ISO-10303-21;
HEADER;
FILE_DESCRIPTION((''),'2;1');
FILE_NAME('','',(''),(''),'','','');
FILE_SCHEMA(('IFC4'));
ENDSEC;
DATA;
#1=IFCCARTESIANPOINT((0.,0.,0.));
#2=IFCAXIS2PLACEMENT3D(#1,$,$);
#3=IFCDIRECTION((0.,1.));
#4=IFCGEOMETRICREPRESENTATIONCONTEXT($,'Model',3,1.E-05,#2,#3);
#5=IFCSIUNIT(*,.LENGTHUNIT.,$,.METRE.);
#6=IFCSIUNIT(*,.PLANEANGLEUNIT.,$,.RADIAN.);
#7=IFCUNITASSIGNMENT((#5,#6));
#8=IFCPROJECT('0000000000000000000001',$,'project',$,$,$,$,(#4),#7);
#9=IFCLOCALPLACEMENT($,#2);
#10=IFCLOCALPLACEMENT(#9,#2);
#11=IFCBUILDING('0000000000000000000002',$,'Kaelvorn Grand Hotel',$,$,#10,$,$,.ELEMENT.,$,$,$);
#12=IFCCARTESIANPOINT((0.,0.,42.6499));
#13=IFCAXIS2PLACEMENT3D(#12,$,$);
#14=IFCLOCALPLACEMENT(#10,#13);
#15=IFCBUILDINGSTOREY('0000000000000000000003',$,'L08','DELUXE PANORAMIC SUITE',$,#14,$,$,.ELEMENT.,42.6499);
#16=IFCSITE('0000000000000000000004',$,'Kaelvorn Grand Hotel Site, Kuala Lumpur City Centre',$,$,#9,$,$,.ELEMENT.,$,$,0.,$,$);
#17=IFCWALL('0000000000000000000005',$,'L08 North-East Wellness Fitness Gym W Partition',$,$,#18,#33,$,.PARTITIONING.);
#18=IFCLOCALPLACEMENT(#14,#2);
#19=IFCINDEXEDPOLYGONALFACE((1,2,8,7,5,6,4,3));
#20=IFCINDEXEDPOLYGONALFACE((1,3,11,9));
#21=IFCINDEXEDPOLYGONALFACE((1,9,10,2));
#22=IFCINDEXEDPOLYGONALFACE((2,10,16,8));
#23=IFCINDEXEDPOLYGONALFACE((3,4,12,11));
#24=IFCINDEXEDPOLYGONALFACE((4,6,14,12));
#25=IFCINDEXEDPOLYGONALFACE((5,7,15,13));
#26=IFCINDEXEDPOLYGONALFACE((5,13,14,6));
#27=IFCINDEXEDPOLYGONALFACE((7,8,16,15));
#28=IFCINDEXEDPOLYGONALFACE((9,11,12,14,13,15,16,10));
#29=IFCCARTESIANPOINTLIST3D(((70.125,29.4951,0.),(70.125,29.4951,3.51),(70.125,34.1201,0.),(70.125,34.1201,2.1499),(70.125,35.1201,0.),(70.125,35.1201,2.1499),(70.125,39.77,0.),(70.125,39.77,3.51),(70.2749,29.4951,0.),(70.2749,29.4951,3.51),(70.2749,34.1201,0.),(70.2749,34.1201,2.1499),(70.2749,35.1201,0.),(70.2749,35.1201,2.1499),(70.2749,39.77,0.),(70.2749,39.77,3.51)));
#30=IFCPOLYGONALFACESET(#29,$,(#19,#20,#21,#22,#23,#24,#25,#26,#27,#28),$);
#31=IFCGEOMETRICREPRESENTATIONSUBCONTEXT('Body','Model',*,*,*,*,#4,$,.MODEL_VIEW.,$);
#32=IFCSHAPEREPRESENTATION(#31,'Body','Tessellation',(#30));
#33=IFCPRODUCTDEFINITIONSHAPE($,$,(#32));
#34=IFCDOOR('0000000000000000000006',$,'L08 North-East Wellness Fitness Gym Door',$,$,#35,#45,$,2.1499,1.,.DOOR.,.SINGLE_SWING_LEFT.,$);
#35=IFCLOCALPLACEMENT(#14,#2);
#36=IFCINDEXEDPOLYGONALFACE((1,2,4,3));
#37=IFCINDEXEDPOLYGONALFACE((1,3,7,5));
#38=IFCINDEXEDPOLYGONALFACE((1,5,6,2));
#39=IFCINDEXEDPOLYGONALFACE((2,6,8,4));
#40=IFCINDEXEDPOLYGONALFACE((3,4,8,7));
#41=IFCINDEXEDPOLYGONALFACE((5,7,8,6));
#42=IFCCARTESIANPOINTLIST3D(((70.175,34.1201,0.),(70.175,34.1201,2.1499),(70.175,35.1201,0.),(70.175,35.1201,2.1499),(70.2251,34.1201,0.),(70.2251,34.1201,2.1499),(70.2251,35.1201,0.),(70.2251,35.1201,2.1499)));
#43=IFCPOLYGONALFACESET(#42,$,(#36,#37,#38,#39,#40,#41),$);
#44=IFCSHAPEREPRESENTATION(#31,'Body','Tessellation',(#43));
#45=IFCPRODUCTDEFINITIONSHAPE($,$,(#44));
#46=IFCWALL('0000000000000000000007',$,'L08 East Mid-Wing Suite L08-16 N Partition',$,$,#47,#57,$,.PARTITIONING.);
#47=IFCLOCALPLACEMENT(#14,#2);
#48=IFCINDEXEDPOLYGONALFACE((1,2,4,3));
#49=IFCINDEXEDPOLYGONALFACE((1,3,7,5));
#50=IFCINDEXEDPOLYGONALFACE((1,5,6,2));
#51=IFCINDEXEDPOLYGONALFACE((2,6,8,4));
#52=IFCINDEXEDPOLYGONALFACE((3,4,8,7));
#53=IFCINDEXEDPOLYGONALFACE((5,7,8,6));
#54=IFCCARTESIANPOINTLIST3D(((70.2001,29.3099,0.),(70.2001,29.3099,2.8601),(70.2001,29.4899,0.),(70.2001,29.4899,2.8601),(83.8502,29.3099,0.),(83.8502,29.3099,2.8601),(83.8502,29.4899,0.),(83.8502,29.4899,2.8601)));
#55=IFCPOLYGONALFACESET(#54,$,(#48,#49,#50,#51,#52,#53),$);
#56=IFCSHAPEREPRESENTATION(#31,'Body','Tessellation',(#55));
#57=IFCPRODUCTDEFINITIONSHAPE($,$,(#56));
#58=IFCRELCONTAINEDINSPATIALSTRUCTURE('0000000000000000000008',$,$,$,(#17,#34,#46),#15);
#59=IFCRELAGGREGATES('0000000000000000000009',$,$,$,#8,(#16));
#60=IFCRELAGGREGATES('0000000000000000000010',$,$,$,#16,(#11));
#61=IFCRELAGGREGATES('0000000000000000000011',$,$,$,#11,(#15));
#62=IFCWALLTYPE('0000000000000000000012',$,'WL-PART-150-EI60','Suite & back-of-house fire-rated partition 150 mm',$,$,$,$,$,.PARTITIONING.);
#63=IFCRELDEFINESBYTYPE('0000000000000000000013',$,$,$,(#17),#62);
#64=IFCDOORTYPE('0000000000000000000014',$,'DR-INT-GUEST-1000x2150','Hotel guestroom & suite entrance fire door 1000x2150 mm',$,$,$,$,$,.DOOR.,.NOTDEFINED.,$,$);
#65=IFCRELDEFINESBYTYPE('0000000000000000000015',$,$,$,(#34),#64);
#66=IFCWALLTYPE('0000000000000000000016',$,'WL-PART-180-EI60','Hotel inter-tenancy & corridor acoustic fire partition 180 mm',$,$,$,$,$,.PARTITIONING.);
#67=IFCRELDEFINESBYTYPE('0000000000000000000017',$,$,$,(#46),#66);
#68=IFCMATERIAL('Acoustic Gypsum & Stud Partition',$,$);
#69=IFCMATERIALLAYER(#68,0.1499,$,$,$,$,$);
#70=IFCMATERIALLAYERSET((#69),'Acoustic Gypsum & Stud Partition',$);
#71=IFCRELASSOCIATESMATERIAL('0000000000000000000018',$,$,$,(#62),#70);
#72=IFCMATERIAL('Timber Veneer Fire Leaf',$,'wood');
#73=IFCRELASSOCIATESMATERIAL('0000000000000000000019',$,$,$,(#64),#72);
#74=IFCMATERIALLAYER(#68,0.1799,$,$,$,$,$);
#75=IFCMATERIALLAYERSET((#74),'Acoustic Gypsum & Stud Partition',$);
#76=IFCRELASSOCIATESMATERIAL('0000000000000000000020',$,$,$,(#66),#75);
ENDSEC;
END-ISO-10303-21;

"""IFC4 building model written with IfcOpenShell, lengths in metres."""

from ifc_helpers import new_model, si_unit, direction, frame, frame_2d, origin, place, context, subcontext, project, spatial, rectangle, extrude, material, layer, layer_set, type_object, element, fill, save


model = new_model("IFC4")

# Units and contexts
model_context = context("Model", 3, precision=1e-05, world=origin(), true_north=direction((0.0, 1.0)))
body_context = subcontext(model_context, "Body", "Model", "MODEL_VIEW")
ifc_project = project(units=[si_unit("LENGTHUNIT", "METRE"), si_unit("PLANEANGLEUNIT", "RADIAN")], contexts=[model_context])

# Site, building, storey
site_placement = place(None, origin())
site = spatial("IfcSite", under=ifc_project, at=site_placement, Name="Kaelvorn Grand Hotel Site, Kuala Lumpur City Centre", CompositionType="ELEMENT", RefElevation=0.0)
building_placement = place(site_placement, origin())
building = spatial("IfcBuilding", under=site, at=building_placement, Name="Kaelvorn Grand Hotel", CompositionType="ELEMENT")
storey_placement = place(building_placement, frame((0.0, 0.0, 42.6499)))
storey = spatial("IfcBuildingStorey", under=building, at=storey_placement, Name="L08", Description="DELUXE PANORAMIC SUITE", CompositionType="ELEMENT", Elevation=42.6499)

# Wall, opening, door
ifc_material_1 = material(Name="Acoustic Gypsum & Stud Partition")
ifc_layer_1 = layer(ifc_material_1, 0.1499)
ifc_layer_set_1 = layer_set([ifc_layer_1], Name="Acoustic Gypsum & Stud Partition")
wall_type_1 = type_object("IfcWallType", Name="WL-PART-150-EI60", Description="Suite & back-of-house fire-rated partition 150 mm", PredefinedType="PARTITIONING", material=ifc_layer_set_1)
wall_1_placement = place(storey_placement, frame((70.2, 29.4951, 0.0), z_axis=(0.0, 0.0, 1.0), x_axis=(0.0, 1.0, 0.0)))
wall_1 = element("IfcWall", 1, at=wall_1_placement, inside=storey, type_object=wall_type_1, Name="L08 North-East Wellness Fitness Gym W Partition", PredefinedType="PARTITIONING", context=body_context, shape_type="SweptSolid", body=[
    extrude(rectangle(XDim=10.2749, YDim=0.1499, at=frame_2d((5.1375, 0.0))), origin(), (0.0, 0.0, 1.0), 3.51),
])
opening_placement = place(wall_1_placement, frame((4.625, 0.0, 0.0)))
opening = element("IfcOpeningElement", 2, at=opening_placement, cuts=wall_1, PredefinedType="OPENING", context=body_context, shape_type="SweptSolid", body=[
    extrude(rectangle(XDim=1.0, YDim=2.1499, at=frame_2d((0.5, 1.075))), frame((0.0, 0.085, 0.0), z_axis=(0.0, -1.0, 0.0), x_axis=(1.0, 0.0, 0.0)), (0.0, 0.0, 1.0), 0.1699),
])
ifc_material_2 = material(Name="Timber Veneer Fire Leaf", Category="wood")
door_type = type_object("IfcDoorType", Name="DR-INT-GUEST-1000x2150", Description="Hotel guestroom & suite entrance fire door 1000x2150 mm", OperationType="NOTDEFINED", PredefinedType="DOOR", material=ifc_material_2)
door_placement = place(opening_placement, origin())
door = element("IfcDoor", 3, at=door_placement, inside=storey, type_object=door_type, Name="L08 North-East Wellness Fitness Gym Door", OperationType="SINGLE_SWING_LEFT", OverallHeight=2.1499, OverallWidth=1.0, PredefinedType="DOOR", context=body_context, shape_type="SweptSolid", body=[
    extrude(rectangle(XDim=1.0, YDim=2.1499, at=frame_2d((0.5, 1.075))), frame((0.0, 0.0249, 0.0), z_axis=(0.0, -1.0, 0.0), x_axis=(1.0, 0.0, 0.0)), (0.0, 0.0, 1.0), 0.05),
])
fill(opening, door)

# Wall
ifc_layer_2 = layer(ifc_material_1, 0.1799)
ifc_layer_set_2 = layer_set([ifc_layer_2], Name="Acoustic Gypsum & Stud Partition")
wall_type_2 = type_object("IfcWallType", Name="WL-PART-180-EI60", Description="Hotel inter-tenancy & corridor acoustic fire partition 180 mm", PredefinedType="PARTITIONING", material=ifc_layer_set_2)
wall_2_placement = place(storey_placement, frame((70.2, 29.3999, 0.0), z_axis=(0.0, 0.0, 1.0), x_axis=(1.0, 0.0, 0.0)))
element("IfcWall", 4, at=wall_2_placement, inside=storey, type_object=wall_type_2, Name="L08 East Mid-Wing Suite L08-16 N Partition", PredefinedType="PARTITIONING", context=body_context, shape_type="SweptSolid", body=[
    extrude(rectangle(XDim=13.6501, YDim=0.1799, at=frame_2d((6.8252, 0.0))), origin(), (0.0, 0.0, 1.0), 2.8601),
])

save(model, "model.ifc")
